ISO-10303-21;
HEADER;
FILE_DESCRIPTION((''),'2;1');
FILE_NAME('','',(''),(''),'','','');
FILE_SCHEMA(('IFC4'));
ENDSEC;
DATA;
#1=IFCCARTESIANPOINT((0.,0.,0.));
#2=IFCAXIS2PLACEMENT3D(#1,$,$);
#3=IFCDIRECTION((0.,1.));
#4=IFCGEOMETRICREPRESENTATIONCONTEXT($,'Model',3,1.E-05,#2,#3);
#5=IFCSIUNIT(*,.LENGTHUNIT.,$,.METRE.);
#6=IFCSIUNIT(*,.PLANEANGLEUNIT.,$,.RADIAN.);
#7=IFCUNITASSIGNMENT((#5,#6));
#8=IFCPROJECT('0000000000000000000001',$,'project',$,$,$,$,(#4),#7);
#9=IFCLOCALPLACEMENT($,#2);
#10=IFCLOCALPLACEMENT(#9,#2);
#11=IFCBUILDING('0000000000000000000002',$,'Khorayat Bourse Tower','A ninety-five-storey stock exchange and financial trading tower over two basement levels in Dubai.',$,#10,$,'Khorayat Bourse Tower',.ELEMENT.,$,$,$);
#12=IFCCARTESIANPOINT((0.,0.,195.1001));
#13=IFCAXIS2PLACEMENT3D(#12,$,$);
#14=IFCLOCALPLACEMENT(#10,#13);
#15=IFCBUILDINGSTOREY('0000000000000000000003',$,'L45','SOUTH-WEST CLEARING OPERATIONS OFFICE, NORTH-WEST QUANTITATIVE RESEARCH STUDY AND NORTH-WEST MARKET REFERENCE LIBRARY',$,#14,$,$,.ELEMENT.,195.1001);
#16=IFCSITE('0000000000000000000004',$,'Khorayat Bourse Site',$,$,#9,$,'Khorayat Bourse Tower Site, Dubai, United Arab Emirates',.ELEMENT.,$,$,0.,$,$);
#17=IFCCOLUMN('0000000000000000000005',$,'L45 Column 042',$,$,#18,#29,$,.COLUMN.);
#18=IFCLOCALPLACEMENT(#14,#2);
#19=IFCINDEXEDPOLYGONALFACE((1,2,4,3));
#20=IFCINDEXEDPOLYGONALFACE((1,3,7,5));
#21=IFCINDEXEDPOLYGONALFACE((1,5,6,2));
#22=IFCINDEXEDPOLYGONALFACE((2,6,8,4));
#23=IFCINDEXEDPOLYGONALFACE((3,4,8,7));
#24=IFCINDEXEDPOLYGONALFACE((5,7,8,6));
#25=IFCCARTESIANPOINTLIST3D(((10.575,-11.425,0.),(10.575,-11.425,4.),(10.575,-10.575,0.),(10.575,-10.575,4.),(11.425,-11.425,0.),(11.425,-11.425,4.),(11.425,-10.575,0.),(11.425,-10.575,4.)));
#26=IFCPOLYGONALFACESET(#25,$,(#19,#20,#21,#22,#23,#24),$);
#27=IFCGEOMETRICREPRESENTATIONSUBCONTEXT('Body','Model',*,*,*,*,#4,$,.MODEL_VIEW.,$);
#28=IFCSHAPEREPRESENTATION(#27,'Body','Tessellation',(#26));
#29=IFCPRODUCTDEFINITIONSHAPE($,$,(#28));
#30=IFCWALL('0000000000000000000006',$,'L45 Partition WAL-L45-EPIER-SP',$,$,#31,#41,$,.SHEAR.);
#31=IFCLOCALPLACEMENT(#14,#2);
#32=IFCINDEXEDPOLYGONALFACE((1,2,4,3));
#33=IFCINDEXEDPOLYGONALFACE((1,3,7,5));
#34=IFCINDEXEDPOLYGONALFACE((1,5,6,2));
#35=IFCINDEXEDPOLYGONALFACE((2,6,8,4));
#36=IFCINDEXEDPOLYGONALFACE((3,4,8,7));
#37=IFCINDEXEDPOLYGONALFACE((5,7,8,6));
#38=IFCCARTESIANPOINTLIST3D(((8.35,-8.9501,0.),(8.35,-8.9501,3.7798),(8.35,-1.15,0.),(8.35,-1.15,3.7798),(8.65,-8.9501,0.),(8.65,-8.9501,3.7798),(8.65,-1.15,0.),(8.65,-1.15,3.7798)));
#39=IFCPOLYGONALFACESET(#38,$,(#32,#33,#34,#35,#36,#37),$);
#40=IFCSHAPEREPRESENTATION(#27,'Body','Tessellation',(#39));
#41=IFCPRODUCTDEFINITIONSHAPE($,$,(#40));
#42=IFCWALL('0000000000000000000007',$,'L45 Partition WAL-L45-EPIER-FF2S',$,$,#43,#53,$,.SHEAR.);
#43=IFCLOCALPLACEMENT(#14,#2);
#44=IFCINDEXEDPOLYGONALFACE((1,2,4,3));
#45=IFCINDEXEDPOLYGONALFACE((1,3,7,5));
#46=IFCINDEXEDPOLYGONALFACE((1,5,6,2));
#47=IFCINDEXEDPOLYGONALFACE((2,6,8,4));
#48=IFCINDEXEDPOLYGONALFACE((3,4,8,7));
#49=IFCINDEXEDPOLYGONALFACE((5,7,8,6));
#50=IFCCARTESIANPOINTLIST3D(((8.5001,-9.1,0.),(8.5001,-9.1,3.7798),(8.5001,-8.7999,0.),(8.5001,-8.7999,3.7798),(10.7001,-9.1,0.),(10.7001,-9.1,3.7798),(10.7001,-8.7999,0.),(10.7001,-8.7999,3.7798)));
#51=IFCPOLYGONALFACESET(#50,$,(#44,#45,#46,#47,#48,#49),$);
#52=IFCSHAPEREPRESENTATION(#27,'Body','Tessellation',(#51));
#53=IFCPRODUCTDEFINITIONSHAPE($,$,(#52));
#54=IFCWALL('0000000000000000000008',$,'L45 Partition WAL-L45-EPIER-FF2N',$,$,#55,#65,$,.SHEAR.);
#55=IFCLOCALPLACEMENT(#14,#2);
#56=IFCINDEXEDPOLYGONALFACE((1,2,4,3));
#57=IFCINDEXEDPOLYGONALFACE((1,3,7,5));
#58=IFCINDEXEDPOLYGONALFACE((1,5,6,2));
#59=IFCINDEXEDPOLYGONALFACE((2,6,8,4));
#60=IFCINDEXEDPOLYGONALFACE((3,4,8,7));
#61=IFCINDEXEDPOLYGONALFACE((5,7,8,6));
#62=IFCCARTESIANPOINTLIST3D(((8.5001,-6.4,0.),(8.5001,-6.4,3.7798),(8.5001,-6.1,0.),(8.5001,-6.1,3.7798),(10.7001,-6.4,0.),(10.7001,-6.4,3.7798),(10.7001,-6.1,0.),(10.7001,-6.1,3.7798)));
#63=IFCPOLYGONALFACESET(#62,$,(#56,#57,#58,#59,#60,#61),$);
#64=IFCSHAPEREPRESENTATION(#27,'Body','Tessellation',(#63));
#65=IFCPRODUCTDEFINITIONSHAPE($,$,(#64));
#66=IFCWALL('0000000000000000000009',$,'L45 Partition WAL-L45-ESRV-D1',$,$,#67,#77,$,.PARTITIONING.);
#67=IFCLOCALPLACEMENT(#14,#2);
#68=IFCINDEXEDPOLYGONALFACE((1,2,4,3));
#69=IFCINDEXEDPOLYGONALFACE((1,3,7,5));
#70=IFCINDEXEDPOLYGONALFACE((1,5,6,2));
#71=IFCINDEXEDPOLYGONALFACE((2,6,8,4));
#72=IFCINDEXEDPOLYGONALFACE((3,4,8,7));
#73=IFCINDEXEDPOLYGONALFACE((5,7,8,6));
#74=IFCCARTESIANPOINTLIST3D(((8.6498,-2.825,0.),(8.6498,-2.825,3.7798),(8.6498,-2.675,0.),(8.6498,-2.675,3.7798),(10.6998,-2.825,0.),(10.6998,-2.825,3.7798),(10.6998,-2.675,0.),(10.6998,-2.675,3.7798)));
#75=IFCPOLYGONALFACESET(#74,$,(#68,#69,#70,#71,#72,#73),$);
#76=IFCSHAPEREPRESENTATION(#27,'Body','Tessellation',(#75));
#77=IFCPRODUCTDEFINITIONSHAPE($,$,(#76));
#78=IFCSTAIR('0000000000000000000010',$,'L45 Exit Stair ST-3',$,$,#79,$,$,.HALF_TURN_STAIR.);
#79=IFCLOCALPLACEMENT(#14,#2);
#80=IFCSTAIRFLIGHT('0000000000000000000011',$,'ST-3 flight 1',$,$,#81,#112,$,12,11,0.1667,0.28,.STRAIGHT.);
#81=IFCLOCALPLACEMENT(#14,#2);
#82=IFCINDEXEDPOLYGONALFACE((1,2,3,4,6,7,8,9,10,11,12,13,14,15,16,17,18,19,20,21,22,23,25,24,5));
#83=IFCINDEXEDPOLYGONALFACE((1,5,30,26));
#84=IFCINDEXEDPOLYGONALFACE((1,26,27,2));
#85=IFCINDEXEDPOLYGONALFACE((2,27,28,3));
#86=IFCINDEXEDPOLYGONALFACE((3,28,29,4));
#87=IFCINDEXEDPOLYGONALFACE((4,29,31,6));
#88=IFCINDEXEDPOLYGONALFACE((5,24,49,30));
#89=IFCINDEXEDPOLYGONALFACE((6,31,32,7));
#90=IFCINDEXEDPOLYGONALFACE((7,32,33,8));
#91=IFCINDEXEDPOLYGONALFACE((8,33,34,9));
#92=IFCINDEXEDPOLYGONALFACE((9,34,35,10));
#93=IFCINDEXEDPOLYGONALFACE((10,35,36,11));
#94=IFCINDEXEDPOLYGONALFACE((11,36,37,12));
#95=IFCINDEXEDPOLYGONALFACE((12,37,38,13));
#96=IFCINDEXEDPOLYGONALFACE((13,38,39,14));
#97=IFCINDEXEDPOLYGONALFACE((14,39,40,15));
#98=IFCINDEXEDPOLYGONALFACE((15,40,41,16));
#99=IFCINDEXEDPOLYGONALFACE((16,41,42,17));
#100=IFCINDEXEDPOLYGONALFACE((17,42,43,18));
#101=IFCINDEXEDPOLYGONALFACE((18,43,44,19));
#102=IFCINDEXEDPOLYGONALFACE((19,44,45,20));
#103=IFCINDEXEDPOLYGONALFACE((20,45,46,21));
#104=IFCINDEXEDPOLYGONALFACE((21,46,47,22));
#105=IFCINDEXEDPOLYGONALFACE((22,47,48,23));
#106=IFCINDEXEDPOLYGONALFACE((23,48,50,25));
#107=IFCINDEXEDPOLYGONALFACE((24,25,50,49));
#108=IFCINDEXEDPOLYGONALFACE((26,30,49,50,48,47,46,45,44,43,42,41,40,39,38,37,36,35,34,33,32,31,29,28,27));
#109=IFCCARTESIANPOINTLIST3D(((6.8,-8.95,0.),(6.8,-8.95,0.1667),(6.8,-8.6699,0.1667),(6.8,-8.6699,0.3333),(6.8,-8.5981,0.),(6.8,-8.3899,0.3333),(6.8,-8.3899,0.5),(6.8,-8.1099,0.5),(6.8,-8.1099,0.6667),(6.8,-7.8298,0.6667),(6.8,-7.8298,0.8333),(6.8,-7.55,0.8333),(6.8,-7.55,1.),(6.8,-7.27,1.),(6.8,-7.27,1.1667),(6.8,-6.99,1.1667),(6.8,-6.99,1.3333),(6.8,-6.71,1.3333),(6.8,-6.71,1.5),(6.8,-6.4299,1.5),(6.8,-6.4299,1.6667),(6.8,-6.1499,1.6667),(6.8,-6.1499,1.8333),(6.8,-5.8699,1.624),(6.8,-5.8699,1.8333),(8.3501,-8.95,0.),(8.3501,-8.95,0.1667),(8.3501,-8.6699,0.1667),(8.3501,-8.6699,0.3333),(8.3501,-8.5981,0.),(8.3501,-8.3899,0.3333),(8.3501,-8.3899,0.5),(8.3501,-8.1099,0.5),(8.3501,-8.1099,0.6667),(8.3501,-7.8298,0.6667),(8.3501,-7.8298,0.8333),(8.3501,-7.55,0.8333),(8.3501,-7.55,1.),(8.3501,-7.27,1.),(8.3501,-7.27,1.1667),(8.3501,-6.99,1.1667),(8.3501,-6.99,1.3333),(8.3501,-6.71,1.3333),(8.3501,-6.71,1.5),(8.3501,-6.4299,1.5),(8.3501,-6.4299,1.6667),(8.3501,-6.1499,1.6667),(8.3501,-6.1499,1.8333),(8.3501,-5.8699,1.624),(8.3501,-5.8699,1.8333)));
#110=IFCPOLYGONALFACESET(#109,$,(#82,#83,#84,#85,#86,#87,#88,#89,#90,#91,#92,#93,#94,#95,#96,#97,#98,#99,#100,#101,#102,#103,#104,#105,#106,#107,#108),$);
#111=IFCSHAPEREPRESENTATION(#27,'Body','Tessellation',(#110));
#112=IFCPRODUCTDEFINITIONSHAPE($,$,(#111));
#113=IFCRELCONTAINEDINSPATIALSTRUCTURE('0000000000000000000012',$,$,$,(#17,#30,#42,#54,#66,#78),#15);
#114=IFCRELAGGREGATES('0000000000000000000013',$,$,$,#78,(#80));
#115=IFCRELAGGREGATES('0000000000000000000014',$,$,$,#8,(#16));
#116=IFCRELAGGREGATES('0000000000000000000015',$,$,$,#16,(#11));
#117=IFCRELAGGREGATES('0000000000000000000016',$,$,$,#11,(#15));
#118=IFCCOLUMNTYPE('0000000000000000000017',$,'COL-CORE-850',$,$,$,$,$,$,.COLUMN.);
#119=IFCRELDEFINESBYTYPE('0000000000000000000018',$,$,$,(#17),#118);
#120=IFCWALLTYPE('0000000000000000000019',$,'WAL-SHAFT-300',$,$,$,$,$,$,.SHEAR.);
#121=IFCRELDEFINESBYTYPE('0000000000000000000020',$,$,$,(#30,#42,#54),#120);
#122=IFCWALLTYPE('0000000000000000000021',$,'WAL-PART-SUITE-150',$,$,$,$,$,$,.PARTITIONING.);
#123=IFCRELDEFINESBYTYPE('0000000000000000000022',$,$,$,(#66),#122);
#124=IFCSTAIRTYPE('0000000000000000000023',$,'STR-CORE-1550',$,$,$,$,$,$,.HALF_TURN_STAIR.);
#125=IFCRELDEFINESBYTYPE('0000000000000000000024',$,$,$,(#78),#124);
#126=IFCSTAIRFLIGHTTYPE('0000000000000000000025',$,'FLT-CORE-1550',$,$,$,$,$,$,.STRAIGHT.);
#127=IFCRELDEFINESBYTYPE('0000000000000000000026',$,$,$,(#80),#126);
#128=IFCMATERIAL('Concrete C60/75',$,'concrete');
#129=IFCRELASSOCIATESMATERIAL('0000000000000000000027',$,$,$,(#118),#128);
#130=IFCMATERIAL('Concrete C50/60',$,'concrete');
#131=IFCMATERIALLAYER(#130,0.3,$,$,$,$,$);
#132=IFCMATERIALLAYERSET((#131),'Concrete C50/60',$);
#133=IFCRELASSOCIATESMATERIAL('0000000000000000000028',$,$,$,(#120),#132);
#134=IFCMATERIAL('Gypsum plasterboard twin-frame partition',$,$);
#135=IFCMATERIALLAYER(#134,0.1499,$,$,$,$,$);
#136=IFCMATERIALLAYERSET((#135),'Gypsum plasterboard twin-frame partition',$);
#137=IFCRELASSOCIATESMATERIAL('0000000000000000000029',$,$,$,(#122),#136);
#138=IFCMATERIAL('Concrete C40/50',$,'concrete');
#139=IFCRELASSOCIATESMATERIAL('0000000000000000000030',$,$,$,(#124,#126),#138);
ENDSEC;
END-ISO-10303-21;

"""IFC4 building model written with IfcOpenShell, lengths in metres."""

from ifc_helpers import new_model, si_unit, direction, frame, frame_2d, origin, origin_2d, place, context, subcontext, project, spatial, polyline, rectangle, outline, extrude, source, transform, mapped, material, layer, layer_set, material_profile, profile_set, type_object, element, aggregate, save


model = new_model("IFC4")

# Units and contexts
model_context = context("Model", 3, precision=1e-05, world=origin(), true_north=direction((0.0, 1.0)))
body_context = subcontext(model_context, "Body", "Model", "MODEL_VIEW")
ifc_project = project(units=[si_unit("LENGTHUNIT", "METRE"), si_unit("PLANEANGLEUNIT", "RADIAN")], contexts=[model_context])

# Site, building, storey
site_placement = place(None, origin())
site = spatial("IfcSite", under=ifc_project, at=site_placement, Name="Khorayat Bourse Site", LongName="Khorayat Bourse Tower Site, Dubai, United Arab Emirates", CompositionType="ELEMENT", RefElevation=0.0)
building_placement = place(site_placement, origin())
building = spatial("IfcBuilding", under=site, at=building_placement, Name="Khorayat Bourse Tower", Description="A ninety-five-storey stock exchange and financial trading tower over two basement levels in Dubai.", LongName="Khorayat Bourse Tower", CompositionType="ELEMENT")
storey_placement = place(building_placement, frame((0.0, 0.0, 195.1001)))
storey = spatial("IfcBuildingStorey", under=building, at=storey_placement, Name="L45", Description="SOUTH-WEST CLEARING OPERATIONS OFFICE, NORTH-WEST QUANTITATIVE RESEARCH STUDY AND NORTH-WEST MARKET REFERENCE LIBRARY", CompositionType="ELEMENT", Elevation=195.1001)

# Column
ifc_material_1 = material(Name="Concrete C60/75", Category="concrete")
ifc_material_profile = material_profile(ifc_material_1, rectangle(XDim=0.8501, YDim=0.8501, at=origin_2d()), Name="RC 850x850")
ifc_profile_set = profile_set([ifc_material_profile], Name="Concrete C60/75")
column_type = type_object("IfcColumnType", Name="COL-CORE-850", PredefinedType="COLUMN", material=ifc_profile_set)
shared_shape_1 = source(origin(), body_context, "Body", "SweptSolid", [
    extrude(rectangle(XDim=0.8501, YDim=0.8501, at=origin_2d()), origin(), (0.0, 0.0, 1.0), 4.0),
])
column_placement = place(storey_placement, frame((11.0, -11.0, 0.0), z_axis=(0.0, 0.0, 1.0), x_axis=(1.0, 0.0, 0.0)))
element("IfcColumn", 1, at=column_placement, inside=storey, type_object=column_type, Name="L45 Column 042", PredefinedType="COLUMN", context=body_context, shape_type="MappedRepresentation", body=[
    mapped(shared_shape_1, transform((0.0, 0.0, 0.0), scale=1.0)),
])

# Walls
ifc_material_2 = material(Name="Concrete C50/60", Category="concrete")
ifc_layer_1 = layer(ifc_material_2, 0.3)
ifc_layer_set_1 = layer_set([ifc_layer_1], Name="Concrete C50/60")
wall_type_1 = type_object("IfcWallType", Name="WAL-SHAFT-300", PredefinedType="SHEAR", material=ifc_layer_set_1)
shared_shape_2 = source(origin(), body_context, "Body", "SweptSolid", [
    extrude(rectangle(XDim=7.8, YDim=0.3, at=frame_2d((3.8999, 0.0))), origin(), (0.0, 0.0, 1.0), 3.7798),
])
wall_1_placement = place(storey_placement, frame((8.5, -8.95, 0.0), z_axis=(0.0, 0.0, 1.0), x_axis=(0.0, 1.0, 0.0)))
element("IfcWall", 2, at=wall_1_placement, inside=storey, type_object=wall_type_1, Name="L45 Partition WAL-L45-EPIER-SP", PredefinedType="SHEAR", context=body_context, shape_type="MappedRepresentation", body=[
    mapped(shared_shape_2, transform((0.0, 0.0, 0.0), scale=1.0)),
])
shared_shape_3 = source(origin(), body_context, "Body", "SweptSolid", [
    extrude(rectangle(XDim=2.2, YDim=0.3, at=frame_2d((1.1001, 0.0))), origin(), (0.0, 0.0, 1.0), 3.7798),
])
for number, where, z_axis, x_axis, name in (
    (3, (8.5, -8.95, 0.0), (0.0, 0.0, 1.0), (1.0, 0.0, 0.0), "L45 Partition WAL-L45-EPIER-FF2S"),
    (4, (8.5, -6.25, 0.0), (0.0, 0.0, 1.0), (1.0, 0.0, 0.0), "L45 Partition WAL-L45-EPIER-FF2N"),
):
    element("IfcWall", number, at=place(storey_placement, frame(where, z_axis=z_axis, x_axis=x_axis)), inside=storey, type_object=wall_type_1, Name=name, PredefinedType="SHEAR", context=body_context, shape_type="MappedRepresentation", body=[
        mapped(shared_shape_3, transform((0.0, 0.0, 0.0), scale=1.0)),
    ])
ifc_material_3 = material(Name="Gypsum plasterboard twin-frame partition")
ifc_layer_2 = layer(ifc_material_3, 0.1499)
ifc_layer_set_2 = layer_set([ifc_layer_2], Name="Gypsum plasterboard twin-frame partition")
wall_type_2 = type_object("IfcWallType", Name="WAL-PART-SUITE-150", PredefinedType="PARTITIONING", material=ifc_layer_set_2)
shared_shape_4 = source(origin(), body_context, "Body", "SweptSolid", [
    extrude(rectangle(XDim=2.05, YDim=0.1499, at=frame_2d((1.0249, 0.0))), origin(), (0.0, 0.0, 1.0), 3.7798),
])
wall_2_placement = place(storey_placement, frame((8.6499, -2.75, 0.0), z_axis=(0.0, 0.0, 1.0), x_axis=(1.0, 0.0, 0.0)))
element("IfcWall", 5, at=wall_2_placement, inside=storey, type_object=wall_type_2, Name="L45 Partition WAL-L45-ESRV-D1", PredefinedType="PARTITIONING", context=body_context, shape_type="MappedRepresentation", body=[
    mapped(shared_shape_4, transform((0.0, 0.0, 0.0), scale=1.0)),
])

# Stair, stair flight
ifc_material_4 = material(Name="Concrete C40/50", Category="concrete")
stair_type = type_object("IfcStairType", Name="STR-CORE-1550", PredefinedType="HALF_TURN_STAIR", material=ifc_material_4)
stair_placement = place(storey_placement, origin())
stair = element("IfcStair", 6, at=stair_placement, inside=storey, type_object=stair_type, Name="L45 Exit Stair ST-3", PredefinedType="HALF_TURN_STAIR")
stair_flight_type = type_object("IfcStairFlightType", Name="FLT-CORE-1550", PredefinedType="STRAIGHT", material=ifc_material_4)
shared_shape_5 = source(origin(), body_context, "Body", "SweptSolid", [
    extrude(outline(polyline([(0.0, 0.0), (0.0, 0.1667), (0.28, 0.1667), (0.28, 0.3333), (0.5601, 0.3333), (0.5601, 0.5), (0.8401, 0.5), (0.8401, 0.6667), (1.1201, 0.6667), (1.1201, 0.8333), (1.3999, 0.8333), (1.3999, 1.0), (1.6799, 1.0), (1.6799, 1.1667), (1.96, 1.1667), (1.96, 1.3333), (2.24, 1.3333), (2.24, 1.5), (2.52, 1.5), (2.52, 1.6667), (2.8, 1.6667), (2.8, 1.8333), (3.0801, 1.8333), (3.0801, 2.0), (3.0801, 1.624), (0.3518, 0.0), (0.0, 0.0)])), frame((0.0, 0.7749, 0.0), z_axis=(0.0, -1.0, 0.0), x_axis=(1.0, 0.0, 0.0)), (0.0, 0.0, 1.0), 1.55),
])
stair_flight_placement = place(storey_placement, frame((7.575, -8.95, 0.0), z_axis=(0.0, 0.0, 1.0), x_axis=(0.0, 1.0, 0.0)))
stair_flight = element("IfcStairFlight", 7, at=stair_flight_placement, type_object=stair_flight_type, Name="ST-3 flight 1", NumberOfRisers=12, NumberOfTreads=11, PredefinedType="STRAIGHT", RiserHeight=0.1667, TreadLength=0.28, context=body_context, shape_type="MappedRepresentation", body=[
    mapped(shared_shape_5, transform((0.0, 0.0, 0.0), scale=1.0)),
])
aggregate(stair, [stair_flight])

save(model, "model.ifc")
